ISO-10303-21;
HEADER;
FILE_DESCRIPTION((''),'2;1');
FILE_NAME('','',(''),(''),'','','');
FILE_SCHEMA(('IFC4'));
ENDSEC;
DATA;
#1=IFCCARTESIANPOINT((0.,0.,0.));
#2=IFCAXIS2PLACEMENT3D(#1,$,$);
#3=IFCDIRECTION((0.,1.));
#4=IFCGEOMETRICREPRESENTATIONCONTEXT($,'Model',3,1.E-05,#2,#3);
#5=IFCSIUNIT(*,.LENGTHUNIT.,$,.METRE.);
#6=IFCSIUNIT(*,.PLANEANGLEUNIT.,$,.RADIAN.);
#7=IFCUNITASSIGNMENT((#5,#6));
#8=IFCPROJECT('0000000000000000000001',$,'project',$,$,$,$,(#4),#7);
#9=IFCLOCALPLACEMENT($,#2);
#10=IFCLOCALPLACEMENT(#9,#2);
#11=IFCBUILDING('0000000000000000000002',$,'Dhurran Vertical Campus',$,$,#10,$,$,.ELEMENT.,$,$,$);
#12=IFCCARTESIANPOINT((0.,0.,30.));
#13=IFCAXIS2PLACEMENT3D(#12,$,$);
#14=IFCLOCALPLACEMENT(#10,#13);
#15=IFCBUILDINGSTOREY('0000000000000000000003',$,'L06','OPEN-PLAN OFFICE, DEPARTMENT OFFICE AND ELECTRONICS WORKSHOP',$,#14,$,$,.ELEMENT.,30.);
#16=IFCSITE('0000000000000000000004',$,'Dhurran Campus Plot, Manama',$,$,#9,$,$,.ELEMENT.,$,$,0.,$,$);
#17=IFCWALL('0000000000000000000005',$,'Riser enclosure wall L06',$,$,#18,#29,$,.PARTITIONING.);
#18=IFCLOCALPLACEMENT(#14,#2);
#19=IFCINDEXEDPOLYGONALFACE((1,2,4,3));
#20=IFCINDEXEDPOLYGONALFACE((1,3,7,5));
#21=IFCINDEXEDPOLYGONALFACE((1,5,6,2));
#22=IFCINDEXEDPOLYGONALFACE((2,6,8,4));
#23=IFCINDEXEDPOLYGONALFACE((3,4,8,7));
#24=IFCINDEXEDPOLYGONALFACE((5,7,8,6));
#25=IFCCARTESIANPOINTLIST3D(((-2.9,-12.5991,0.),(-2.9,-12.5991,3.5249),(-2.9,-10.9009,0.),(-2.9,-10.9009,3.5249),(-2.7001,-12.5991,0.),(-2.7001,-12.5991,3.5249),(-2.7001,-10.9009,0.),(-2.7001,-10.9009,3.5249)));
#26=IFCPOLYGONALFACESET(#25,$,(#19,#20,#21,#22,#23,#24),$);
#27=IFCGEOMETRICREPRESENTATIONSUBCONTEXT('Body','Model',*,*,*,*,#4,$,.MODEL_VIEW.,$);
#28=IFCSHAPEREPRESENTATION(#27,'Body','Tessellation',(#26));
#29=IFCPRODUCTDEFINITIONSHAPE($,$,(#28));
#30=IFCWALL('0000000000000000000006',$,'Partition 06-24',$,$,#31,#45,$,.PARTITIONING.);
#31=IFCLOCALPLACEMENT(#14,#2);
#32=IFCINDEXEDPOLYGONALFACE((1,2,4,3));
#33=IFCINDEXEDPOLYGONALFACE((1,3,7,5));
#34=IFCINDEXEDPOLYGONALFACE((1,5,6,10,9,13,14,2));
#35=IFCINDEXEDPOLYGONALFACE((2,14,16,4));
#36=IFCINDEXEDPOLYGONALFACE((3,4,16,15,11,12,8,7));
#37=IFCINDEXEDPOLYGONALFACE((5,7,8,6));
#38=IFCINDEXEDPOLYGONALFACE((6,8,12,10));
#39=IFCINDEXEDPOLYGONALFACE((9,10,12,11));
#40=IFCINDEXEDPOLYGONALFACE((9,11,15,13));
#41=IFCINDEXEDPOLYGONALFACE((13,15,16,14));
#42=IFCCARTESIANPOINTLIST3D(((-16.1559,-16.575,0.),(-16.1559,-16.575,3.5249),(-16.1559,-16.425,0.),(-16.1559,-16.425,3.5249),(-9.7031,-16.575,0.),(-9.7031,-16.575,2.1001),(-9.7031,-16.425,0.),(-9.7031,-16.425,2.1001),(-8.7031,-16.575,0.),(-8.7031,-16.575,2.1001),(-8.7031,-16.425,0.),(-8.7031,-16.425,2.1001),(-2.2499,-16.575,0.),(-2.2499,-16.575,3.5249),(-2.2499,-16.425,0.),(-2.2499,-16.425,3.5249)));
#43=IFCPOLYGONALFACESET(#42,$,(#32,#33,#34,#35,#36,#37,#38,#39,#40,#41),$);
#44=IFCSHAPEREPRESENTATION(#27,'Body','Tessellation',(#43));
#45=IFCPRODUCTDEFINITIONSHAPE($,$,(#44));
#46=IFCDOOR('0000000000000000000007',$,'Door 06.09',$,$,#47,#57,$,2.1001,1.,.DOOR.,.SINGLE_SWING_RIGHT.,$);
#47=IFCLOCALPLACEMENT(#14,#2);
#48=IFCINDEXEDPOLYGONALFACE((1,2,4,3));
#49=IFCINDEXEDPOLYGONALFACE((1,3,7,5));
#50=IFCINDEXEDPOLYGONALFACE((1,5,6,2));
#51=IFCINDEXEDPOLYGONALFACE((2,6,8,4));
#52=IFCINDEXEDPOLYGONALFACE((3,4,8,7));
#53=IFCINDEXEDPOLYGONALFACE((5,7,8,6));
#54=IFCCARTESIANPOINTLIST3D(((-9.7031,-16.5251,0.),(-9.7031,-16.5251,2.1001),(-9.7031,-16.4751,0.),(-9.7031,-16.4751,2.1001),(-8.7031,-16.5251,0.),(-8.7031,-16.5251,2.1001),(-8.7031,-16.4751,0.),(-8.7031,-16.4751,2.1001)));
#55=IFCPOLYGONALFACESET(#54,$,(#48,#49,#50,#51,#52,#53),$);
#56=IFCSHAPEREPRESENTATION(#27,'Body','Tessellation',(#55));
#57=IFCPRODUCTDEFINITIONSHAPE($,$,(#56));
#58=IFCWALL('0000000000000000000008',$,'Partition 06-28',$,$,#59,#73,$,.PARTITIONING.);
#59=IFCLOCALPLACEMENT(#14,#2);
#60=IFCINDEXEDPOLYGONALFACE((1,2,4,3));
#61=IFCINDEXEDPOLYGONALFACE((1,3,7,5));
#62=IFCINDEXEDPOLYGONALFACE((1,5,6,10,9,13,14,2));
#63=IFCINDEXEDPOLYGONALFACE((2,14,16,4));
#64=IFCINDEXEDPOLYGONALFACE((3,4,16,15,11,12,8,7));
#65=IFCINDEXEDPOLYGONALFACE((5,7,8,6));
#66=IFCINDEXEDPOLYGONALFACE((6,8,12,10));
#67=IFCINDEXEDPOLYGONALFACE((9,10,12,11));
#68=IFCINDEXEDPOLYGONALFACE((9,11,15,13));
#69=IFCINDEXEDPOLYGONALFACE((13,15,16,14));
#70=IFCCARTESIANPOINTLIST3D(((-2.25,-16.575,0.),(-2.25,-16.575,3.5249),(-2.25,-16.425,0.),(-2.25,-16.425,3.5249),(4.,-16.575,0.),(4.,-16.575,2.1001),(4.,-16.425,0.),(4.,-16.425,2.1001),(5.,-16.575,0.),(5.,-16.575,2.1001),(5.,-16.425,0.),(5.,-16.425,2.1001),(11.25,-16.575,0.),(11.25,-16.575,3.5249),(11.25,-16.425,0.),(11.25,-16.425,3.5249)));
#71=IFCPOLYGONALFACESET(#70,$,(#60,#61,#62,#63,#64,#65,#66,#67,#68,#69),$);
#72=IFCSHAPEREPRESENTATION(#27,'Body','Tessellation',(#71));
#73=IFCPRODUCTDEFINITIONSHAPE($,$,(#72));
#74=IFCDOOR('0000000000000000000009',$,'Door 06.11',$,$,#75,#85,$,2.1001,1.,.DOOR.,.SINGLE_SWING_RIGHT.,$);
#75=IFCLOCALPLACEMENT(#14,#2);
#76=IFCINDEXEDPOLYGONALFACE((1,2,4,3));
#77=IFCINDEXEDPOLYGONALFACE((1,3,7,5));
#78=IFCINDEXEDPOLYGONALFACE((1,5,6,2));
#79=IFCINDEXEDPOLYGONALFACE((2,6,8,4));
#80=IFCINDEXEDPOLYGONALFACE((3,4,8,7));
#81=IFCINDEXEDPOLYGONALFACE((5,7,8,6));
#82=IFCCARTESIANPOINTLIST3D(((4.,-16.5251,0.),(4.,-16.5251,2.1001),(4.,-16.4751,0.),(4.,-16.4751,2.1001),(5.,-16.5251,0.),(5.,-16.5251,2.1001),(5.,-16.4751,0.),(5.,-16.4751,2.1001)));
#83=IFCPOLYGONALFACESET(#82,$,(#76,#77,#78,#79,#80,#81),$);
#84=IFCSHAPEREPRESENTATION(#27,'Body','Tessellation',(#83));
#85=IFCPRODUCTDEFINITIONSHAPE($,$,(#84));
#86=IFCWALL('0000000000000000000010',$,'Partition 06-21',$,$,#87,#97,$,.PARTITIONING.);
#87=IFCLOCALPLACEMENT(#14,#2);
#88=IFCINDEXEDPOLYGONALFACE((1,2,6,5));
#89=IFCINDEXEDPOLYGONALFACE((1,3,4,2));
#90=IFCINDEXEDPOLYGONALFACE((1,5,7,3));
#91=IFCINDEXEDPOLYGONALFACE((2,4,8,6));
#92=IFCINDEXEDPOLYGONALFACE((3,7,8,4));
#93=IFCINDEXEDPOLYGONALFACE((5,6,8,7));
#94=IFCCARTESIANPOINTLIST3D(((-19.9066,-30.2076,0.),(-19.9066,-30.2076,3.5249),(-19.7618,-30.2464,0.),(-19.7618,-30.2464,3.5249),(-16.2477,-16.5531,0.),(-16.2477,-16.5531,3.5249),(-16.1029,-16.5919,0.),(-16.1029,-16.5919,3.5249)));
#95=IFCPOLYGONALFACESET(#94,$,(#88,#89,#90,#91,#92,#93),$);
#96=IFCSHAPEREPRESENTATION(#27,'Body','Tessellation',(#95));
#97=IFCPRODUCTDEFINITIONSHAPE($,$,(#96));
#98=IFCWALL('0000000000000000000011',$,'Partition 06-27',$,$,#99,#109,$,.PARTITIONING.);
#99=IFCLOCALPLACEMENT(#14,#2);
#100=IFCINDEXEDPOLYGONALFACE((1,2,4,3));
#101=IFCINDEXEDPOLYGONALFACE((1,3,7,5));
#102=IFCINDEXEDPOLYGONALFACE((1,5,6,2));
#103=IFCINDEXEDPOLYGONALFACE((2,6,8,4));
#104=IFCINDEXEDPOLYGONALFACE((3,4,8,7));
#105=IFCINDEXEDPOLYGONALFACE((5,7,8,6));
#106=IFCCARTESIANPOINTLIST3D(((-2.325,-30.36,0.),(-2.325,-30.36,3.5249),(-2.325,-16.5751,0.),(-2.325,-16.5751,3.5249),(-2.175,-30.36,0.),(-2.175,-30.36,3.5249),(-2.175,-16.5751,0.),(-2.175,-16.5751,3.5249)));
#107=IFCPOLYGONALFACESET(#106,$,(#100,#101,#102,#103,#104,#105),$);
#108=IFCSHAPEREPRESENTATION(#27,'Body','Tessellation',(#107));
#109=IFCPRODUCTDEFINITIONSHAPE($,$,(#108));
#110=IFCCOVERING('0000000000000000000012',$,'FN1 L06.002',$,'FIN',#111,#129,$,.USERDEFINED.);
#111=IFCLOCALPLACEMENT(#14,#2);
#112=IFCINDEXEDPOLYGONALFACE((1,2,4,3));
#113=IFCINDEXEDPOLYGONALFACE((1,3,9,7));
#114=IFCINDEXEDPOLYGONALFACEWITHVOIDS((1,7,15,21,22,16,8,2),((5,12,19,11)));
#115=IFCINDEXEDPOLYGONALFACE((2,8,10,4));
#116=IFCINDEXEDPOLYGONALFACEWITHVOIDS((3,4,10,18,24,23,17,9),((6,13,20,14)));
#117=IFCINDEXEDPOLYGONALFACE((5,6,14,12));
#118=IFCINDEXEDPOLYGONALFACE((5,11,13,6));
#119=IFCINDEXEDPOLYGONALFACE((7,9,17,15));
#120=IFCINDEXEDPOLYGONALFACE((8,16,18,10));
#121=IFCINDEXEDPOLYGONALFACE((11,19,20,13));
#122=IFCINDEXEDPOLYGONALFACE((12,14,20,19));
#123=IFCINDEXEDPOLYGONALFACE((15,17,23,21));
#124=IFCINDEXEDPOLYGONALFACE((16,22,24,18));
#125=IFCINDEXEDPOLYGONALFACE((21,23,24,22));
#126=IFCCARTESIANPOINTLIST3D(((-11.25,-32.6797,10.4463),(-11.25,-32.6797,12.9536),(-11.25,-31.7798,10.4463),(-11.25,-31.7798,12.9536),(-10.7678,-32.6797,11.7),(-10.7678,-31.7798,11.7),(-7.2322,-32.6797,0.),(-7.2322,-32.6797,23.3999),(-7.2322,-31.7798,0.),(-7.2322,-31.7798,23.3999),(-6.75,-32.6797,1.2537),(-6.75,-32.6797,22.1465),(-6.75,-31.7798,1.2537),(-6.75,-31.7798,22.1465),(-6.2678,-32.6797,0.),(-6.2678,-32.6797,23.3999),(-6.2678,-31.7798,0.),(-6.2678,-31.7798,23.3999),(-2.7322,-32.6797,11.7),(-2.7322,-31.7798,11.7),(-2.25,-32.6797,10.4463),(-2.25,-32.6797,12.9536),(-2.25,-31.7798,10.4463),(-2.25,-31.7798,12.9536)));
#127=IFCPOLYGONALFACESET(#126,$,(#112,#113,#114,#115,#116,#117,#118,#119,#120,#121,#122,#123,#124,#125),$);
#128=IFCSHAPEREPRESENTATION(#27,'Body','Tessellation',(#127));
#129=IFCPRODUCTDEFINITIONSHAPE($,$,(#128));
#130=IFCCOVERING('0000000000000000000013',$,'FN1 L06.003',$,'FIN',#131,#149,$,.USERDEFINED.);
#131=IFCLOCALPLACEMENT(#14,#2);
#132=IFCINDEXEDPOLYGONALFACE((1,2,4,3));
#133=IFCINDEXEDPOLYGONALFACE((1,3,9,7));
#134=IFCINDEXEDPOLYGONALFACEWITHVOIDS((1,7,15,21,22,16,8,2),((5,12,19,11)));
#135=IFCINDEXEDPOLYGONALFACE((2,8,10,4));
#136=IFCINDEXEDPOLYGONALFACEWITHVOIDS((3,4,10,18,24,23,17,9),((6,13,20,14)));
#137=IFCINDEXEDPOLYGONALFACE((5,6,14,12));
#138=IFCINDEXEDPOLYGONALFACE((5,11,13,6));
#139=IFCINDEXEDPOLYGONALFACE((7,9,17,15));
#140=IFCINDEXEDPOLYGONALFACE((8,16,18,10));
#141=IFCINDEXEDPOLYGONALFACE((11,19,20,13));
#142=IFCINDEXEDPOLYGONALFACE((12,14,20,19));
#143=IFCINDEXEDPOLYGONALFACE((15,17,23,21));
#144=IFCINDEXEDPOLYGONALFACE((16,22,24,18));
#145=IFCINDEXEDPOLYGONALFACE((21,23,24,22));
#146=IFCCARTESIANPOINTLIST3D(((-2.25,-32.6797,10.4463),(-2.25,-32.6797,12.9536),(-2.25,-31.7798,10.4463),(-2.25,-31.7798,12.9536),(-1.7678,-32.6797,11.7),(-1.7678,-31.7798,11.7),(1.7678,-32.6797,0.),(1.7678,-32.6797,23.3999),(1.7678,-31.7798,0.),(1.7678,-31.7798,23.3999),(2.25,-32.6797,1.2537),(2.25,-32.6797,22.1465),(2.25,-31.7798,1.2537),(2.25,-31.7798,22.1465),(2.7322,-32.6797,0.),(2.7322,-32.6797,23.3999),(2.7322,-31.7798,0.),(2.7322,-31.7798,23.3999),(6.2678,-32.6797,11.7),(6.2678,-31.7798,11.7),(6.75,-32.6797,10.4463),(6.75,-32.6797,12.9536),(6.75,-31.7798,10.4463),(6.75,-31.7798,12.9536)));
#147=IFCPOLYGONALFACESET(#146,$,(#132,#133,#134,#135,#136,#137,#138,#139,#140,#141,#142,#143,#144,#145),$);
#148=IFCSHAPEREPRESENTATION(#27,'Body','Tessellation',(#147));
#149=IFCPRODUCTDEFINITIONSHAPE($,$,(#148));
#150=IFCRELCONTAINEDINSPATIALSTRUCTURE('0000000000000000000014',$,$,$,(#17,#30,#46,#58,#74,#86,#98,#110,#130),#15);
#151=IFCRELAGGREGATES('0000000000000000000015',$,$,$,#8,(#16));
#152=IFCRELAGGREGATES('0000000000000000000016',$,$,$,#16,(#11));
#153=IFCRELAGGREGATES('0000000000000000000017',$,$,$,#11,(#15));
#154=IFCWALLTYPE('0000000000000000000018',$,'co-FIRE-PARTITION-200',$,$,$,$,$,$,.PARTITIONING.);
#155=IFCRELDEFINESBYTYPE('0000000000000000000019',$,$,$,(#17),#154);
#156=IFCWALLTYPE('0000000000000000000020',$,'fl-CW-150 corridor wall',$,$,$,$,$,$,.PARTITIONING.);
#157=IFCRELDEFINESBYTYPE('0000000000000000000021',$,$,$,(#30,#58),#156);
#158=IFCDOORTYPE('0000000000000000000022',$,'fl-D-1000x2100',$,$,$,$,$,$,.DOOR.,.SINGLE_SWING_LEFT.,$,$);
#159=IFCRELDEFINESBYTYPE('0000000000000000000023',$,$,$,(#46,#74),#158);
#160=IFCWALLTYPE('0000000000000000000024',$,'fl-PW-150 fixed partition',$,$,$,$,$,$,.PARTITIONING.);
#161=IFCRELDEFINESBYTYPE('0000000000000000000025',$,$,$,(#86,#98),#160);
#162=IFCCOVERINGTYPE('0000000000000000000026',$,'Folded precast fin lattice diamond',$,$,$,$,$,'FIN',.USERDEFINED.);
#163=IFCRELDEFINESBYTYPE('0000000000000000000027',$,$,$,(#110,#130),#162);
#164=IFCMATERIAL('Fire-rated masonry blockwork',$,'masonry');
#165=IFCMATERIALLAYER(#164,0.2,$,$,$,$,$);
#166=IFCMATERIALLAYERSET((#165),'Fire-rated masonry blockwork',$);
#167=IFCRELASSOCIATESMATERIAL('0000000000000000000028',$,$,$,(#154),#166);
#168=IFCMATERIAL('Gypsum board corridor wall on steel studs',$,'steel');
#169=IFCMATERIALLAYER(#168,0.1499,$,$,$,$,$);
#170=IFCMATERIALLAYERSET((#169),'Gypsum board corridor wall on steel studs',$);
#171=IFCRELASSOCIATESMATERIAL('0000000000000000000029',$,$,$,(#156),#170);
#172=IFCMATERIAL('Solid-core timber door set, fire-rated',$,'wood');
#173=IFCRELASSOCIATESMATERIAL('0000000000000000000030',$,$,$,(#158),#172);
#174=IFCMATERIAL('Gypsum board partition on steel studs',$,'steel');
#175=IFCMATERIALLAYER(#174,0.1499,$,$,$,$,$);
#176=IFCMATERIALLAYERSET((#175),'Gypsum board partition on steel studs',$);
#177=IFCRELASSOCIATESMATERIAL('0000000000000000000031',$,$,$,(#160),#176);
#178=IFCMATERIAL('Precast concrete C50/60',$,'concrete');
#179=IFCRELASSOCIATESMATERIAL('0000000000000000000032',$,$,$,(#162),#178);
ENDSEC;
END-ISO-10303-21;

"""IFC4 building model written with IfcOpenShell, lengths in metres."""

from ifc_helpers import new_model, si_unit, direction, frame, frame_2d, origin, place, context, subcontext, project, spatial, polyline, rectangle, outline, extrude, material, layer, layer_set, type_object, element, fill, save


model = new_model("IFC4")

# Units and contexts
model_context = context("Model", 3, precision=1e-05, world=origin(), true_north=direction((0.0, 1.0)))
body_context = subcontext(model_context, "Body", "Model", "MODEL_VIEW")
ifc_project = project(units=[si_unit("LENGTHUNIT", "METRE"), si_unit("PLANEANGLEUNIT", "RADIAN")], contexts=[model_context])

# Site, building, storey
site_placement = place(None, origin())
site = spatial("IfcSite", under=ifc_project, at=site_placement, Name="Dhurran Campus Plot, Manama", CompositionType="ELEMENT", RefElevation=0.0)
building_placement = place(site_placement, origin())
building = spatial("IfcBuilding", under=site, at=building_placement, Name="Dhurran Vertical Campus", CompositionType="ELEMENT")
storey_placement = place(building_placement, frame((0.0, 0.0, 30.0)))
storey = spatial("IfcBuildingStorey", under=building, at=storey_placement, Name="L06", Description="OPEN-PLAN OFFICE, DEPARTMENT OFFICE AND ELECTRONICS WORKSHOP", CompositionType="ELEMENT", Elevation=30.0)

# Shared definitions
ifc_material_1 = material(Name="Fire-rated masonry blockwork", Category="masonry")
ifc_layer_1 = layer(ifc_material_1, 0.2)
ifc_layer_set_1 = layer_set([ifc_layer_1], Name="Fire-rated masonry blockwork")
wall_type_1 = type_object("IfcWallType", Name="co-FIRE-PARTITION-200", PredefinedType="PARTITIONING", material=ifc_layer_set_1)

# Wall
wall_1_placement = place(storey_placement, frame((-2.8, -12.5991, 0.0), z_axis=(0.0, 0.0, 1.0), x_axis=(0.0, 1.0, 0.0)))
element("IfcWall", 1, at=wall_1_placement, inside=storey, type_object=wall_type_1, Name="Riser enclosure wall L06", PredefinedType="PARTITIONING", context=body_context, shape_type="SweptSolid", body=[
    extrude(rectangle(XDim=1.6982, YDim=0.2, at=frame_2d((0.8491, 0.0))), origin(), (0.0, 0.0, 1.0), 3.5249),
])

# Walls, openings, doors
ifc_material_2 = material(Name="Gypsum board corridor wall on steel studs", Category="steel")
ifc_layer_2 = layer(ifc_material_2, 0.1499)
ifc_layer_set_2 = layer_set([ifc_layer_2], Name="Gypsum board corridor wall on steel studs")
wall_type_2 = type_object("IfcWallType", Name="fl-CW-150 corridor wall", PredefinedType="PARTITIONING", material=ifc_layer_set_2)
wall_2_placement = place(storey_placement, frame((-16.156, -16.5, 0.0), z_axis=(0.0, 0.0, 1.0), x_axis=(1.0, 0.0, 0.0)))
wall_2 = element("IfcWall", 2, at=wall_2_placement, inside=storey, type_object=wall_type_2, Name="Partition 06-24", PredefinedType="PARTITIONING", context=body_context, shape_type="SweptSolid", body=[
    extrude(rectangle(XDim=13.906, YDim=0.1499, at=frame_2d((6.9531, 0.0))), origin(), (0.0, 0.0, 1.0), 3.5249),
])
opening_1_placement = place(wall_2_placement, frame((6.4529, 0.0, 0.0)))
opening_1 = element("IfcOpeningElement", 3, at=opening_1_placement, cuts=wall_2, PredefinedType="OPENING", context=body_context, shape_type="SweptSolid", body=[
    extrude(rectangle(XDim=1.0, YDim=2.1001, at=frame_2d((0.5, 1.05))), frame((0.0, 0.085, 0.0), z_axis=(0.0, -1.0, 0.0), x_axis=(1.0, 0.0, 0.0)), (0.0, 0.0, 1.0), 0.1699),
])
ifc_material_3 = material(Name="Solid-core timber door set, fire-rated", Category="wood")
door_type_1 = type_object("IfcDoorType", Name="fl-D-1000x2100", OperationType="SINGLE_SWING_LEFT", PredefinedType="DOOR", material=ifc_material_3)
door_1_placement = place(opening_1_placement, origin())
door_1 = element("IfcDoor", 4, at=door_1_placement, inside=storey, type_object=door_type_1, Name="Door 06.09", OperationType="SINGLE_SWING_RIGHT", OverallHeight=2.1001, OverallWidth=1.0, PredefinedType="DOOR", context=body_context, shape_type="SweptSolid", body=[
    extrude(rectangle(XDim=1.0, YDim=2.1001, at=frame_2d((0.5, 1.05))), frame((0.0, 0.0249, 0.0), z_axis=(0.0, -1.0, 0.0), x_axis=(1.0, 0.0, 0.0)), (0.0, 0.0, 1.0), 0.05),
])
fill(opening_1, door_1)
wall_3_placement = place(storey_placement, frame((-2.25, -16.5, 0.0), z_axis=(0.0, 0.0, 1.0), x_axis=(1.0, 0.0, 0.0)))
wall_3 = element("IfcWall", 5, at=wall_3_placement, inside=storey, type_object=wall_type_2, Name="Partition 06-28", PredefinedType="PARTITIONING", context=body_context, shape_type="SweptSolid", body=[
    extrude(rectangle(XDim=13.5, YDim=0.1499, at=frame_2d((6.75, 0.0))), origin(), (0.0, 0.0, 1.0), 3.5249),
])
opening_2_placement = place(wall_3_placement, frame((6.25, 0.0, 0.0)))
opening_2 = element("IfcOpeningElement", 6, at=opening_2_placement, cuts=wall_3, PredefinedType="OPENING", context=body_context, shape_type="SweptSolid", body=[
    extrude(rectangle(XDim=1.0, YDim=2.1001, at=frame_2d((0.5, 1.05))), frame((0.0, 0.085, 0.0), z_axis=(0.0, -1.0, 0.0), x_axis=(1.0, 0.0, 0.0)), (0.0, 0.0, 1.0), 0.1699),
])
door_2_placement = place(opening_2_placement, origin())
door_2 = element("IfcDoor", 7, at=door_2_placement, inside=storey, type_object=door_type_1, Name="Door 06.11", OperationType="SINGLE_SWING_RIGHT", OverallHeight=2.1001, OverallWidth=1.0, PredefinedType="DOOR", context=body_context, shape_type="SweptSolid", body=[
    extrude(rectangle(XDim=1.0, YDim=2.1001, at=frame_2d((0.5, 1.05))), frame((0.0, 0.0249, 0.0), z_axis=(0.0, -1.0, 0.0), x_axis=(1.0, 0.0, 0.0)), (0.0, 0.0, 1.0), 0.05),
])
fill(opening_2, door_2)

# Walls
ifc_material_4 = material(Name="Gypsum board partition on steel studs", Category="steel")
ifc_layer_3 = layer(ifc_material_4, 0.1499)
ifc_layer_set_3 = layer_set([ifc_layer_3], Name="Gypsum board partition on steel studs")
wall_type_3 = type_object("IfcWallType", Name="fl-PW-150 fixed partition", PredefinedType="PARTITIONING", material=ifc_layer_set_3)
wall_4_placement = place(storey_placement, frame((-16.1753, -16.5725, 0.0), z_axis=(0.0, 0.0, 1.0), x_axis=(-0.258833, -0.965922, 0.0)))
element("IfcWall", 8, at=wall_4_placement, inside=storey, type_object=wall_type_3, Name="Partition 06-21", PredefinedType="PARTITIONING", context=body_context, shape_type="SweptSolid", body=[
    extrude(rectangle(XDim=14.1362, YDim=0.1499, at=frame_2d((7.0681, 0.0))), origin(), (0.0, 0.0, 1.0), 3.5249),
])
wall_5_placement = place(storey_placement, frame((-2.25, -16.575, 0.0), z_axis=(0.0, 0.0, 1.0), x_axis=(0.0, -1.0, 0.0)))
element("IfcWall", 9, at=wall_5_placement, inside=storey, type_object=wall_type_3, Name="Partition 06-27", PredefinedType="PARTITIONING", context=body_context, shape_type="SweptSolid", body=[
    extrude(rectangle(XDim=13.7849, YDim=0.1499, at=frame_2d((6.8926, 0.0))), origin(), (0.0, 0.0, 1.0), 3.5249),
])

# Coverings
ifc_material_5 = material(Name="Precast concrete C50/60", Category="concrete")
covering_type = type_object("IfcCoveringType", Name="Folded precast fin lattice diamond", ElementType="FIN", PredefinedType="USERDEFINED", material=ifc_material_5)
for number, where, z_axis, x_axis, name in (
    (10, (-11.25, -31.7798, 0.0), (0.0, -1.0, 0.0), (1.0, 0.0, 0.0), "FN1 L06.002"),
    (11, (-2.25, -31.7798, 0.0), (0.0, -1.0, 0.0), (1.0, 0.0, 0.0), "FN1 L06.003"),
):
    element("IfcCovering", number, at=place(storey_placement, frame(where, z_axis=z_axis, x_axis=x_axis)), inside=storey, type_object=covering_type, Name=name, ObjectType="FIN", PredefinedType="USERDEFINED", context=body_context, shape_type="SweptSolid", body=[
        extrude(outline(polyline([(9.0, 12.9536), (9.0, 10.4463), (4.9822, 0.0), (4.0178, 0.0), (0.0, 10.4463), (0.0, 12.9536), (4.0178, 23.3999), (4.9822, 23.3999), (9.0, 12.9536)]), holes=[polyline([(8.5178, 11.7), (4.5, 22.1465), (0.4822, 11.7), (4.5, 1.2537), (8.5178, 11.7)])]), origin(), (0.0, 0.0, 1.0), 0.8999),
    ])

save(model, "model.ifc")
